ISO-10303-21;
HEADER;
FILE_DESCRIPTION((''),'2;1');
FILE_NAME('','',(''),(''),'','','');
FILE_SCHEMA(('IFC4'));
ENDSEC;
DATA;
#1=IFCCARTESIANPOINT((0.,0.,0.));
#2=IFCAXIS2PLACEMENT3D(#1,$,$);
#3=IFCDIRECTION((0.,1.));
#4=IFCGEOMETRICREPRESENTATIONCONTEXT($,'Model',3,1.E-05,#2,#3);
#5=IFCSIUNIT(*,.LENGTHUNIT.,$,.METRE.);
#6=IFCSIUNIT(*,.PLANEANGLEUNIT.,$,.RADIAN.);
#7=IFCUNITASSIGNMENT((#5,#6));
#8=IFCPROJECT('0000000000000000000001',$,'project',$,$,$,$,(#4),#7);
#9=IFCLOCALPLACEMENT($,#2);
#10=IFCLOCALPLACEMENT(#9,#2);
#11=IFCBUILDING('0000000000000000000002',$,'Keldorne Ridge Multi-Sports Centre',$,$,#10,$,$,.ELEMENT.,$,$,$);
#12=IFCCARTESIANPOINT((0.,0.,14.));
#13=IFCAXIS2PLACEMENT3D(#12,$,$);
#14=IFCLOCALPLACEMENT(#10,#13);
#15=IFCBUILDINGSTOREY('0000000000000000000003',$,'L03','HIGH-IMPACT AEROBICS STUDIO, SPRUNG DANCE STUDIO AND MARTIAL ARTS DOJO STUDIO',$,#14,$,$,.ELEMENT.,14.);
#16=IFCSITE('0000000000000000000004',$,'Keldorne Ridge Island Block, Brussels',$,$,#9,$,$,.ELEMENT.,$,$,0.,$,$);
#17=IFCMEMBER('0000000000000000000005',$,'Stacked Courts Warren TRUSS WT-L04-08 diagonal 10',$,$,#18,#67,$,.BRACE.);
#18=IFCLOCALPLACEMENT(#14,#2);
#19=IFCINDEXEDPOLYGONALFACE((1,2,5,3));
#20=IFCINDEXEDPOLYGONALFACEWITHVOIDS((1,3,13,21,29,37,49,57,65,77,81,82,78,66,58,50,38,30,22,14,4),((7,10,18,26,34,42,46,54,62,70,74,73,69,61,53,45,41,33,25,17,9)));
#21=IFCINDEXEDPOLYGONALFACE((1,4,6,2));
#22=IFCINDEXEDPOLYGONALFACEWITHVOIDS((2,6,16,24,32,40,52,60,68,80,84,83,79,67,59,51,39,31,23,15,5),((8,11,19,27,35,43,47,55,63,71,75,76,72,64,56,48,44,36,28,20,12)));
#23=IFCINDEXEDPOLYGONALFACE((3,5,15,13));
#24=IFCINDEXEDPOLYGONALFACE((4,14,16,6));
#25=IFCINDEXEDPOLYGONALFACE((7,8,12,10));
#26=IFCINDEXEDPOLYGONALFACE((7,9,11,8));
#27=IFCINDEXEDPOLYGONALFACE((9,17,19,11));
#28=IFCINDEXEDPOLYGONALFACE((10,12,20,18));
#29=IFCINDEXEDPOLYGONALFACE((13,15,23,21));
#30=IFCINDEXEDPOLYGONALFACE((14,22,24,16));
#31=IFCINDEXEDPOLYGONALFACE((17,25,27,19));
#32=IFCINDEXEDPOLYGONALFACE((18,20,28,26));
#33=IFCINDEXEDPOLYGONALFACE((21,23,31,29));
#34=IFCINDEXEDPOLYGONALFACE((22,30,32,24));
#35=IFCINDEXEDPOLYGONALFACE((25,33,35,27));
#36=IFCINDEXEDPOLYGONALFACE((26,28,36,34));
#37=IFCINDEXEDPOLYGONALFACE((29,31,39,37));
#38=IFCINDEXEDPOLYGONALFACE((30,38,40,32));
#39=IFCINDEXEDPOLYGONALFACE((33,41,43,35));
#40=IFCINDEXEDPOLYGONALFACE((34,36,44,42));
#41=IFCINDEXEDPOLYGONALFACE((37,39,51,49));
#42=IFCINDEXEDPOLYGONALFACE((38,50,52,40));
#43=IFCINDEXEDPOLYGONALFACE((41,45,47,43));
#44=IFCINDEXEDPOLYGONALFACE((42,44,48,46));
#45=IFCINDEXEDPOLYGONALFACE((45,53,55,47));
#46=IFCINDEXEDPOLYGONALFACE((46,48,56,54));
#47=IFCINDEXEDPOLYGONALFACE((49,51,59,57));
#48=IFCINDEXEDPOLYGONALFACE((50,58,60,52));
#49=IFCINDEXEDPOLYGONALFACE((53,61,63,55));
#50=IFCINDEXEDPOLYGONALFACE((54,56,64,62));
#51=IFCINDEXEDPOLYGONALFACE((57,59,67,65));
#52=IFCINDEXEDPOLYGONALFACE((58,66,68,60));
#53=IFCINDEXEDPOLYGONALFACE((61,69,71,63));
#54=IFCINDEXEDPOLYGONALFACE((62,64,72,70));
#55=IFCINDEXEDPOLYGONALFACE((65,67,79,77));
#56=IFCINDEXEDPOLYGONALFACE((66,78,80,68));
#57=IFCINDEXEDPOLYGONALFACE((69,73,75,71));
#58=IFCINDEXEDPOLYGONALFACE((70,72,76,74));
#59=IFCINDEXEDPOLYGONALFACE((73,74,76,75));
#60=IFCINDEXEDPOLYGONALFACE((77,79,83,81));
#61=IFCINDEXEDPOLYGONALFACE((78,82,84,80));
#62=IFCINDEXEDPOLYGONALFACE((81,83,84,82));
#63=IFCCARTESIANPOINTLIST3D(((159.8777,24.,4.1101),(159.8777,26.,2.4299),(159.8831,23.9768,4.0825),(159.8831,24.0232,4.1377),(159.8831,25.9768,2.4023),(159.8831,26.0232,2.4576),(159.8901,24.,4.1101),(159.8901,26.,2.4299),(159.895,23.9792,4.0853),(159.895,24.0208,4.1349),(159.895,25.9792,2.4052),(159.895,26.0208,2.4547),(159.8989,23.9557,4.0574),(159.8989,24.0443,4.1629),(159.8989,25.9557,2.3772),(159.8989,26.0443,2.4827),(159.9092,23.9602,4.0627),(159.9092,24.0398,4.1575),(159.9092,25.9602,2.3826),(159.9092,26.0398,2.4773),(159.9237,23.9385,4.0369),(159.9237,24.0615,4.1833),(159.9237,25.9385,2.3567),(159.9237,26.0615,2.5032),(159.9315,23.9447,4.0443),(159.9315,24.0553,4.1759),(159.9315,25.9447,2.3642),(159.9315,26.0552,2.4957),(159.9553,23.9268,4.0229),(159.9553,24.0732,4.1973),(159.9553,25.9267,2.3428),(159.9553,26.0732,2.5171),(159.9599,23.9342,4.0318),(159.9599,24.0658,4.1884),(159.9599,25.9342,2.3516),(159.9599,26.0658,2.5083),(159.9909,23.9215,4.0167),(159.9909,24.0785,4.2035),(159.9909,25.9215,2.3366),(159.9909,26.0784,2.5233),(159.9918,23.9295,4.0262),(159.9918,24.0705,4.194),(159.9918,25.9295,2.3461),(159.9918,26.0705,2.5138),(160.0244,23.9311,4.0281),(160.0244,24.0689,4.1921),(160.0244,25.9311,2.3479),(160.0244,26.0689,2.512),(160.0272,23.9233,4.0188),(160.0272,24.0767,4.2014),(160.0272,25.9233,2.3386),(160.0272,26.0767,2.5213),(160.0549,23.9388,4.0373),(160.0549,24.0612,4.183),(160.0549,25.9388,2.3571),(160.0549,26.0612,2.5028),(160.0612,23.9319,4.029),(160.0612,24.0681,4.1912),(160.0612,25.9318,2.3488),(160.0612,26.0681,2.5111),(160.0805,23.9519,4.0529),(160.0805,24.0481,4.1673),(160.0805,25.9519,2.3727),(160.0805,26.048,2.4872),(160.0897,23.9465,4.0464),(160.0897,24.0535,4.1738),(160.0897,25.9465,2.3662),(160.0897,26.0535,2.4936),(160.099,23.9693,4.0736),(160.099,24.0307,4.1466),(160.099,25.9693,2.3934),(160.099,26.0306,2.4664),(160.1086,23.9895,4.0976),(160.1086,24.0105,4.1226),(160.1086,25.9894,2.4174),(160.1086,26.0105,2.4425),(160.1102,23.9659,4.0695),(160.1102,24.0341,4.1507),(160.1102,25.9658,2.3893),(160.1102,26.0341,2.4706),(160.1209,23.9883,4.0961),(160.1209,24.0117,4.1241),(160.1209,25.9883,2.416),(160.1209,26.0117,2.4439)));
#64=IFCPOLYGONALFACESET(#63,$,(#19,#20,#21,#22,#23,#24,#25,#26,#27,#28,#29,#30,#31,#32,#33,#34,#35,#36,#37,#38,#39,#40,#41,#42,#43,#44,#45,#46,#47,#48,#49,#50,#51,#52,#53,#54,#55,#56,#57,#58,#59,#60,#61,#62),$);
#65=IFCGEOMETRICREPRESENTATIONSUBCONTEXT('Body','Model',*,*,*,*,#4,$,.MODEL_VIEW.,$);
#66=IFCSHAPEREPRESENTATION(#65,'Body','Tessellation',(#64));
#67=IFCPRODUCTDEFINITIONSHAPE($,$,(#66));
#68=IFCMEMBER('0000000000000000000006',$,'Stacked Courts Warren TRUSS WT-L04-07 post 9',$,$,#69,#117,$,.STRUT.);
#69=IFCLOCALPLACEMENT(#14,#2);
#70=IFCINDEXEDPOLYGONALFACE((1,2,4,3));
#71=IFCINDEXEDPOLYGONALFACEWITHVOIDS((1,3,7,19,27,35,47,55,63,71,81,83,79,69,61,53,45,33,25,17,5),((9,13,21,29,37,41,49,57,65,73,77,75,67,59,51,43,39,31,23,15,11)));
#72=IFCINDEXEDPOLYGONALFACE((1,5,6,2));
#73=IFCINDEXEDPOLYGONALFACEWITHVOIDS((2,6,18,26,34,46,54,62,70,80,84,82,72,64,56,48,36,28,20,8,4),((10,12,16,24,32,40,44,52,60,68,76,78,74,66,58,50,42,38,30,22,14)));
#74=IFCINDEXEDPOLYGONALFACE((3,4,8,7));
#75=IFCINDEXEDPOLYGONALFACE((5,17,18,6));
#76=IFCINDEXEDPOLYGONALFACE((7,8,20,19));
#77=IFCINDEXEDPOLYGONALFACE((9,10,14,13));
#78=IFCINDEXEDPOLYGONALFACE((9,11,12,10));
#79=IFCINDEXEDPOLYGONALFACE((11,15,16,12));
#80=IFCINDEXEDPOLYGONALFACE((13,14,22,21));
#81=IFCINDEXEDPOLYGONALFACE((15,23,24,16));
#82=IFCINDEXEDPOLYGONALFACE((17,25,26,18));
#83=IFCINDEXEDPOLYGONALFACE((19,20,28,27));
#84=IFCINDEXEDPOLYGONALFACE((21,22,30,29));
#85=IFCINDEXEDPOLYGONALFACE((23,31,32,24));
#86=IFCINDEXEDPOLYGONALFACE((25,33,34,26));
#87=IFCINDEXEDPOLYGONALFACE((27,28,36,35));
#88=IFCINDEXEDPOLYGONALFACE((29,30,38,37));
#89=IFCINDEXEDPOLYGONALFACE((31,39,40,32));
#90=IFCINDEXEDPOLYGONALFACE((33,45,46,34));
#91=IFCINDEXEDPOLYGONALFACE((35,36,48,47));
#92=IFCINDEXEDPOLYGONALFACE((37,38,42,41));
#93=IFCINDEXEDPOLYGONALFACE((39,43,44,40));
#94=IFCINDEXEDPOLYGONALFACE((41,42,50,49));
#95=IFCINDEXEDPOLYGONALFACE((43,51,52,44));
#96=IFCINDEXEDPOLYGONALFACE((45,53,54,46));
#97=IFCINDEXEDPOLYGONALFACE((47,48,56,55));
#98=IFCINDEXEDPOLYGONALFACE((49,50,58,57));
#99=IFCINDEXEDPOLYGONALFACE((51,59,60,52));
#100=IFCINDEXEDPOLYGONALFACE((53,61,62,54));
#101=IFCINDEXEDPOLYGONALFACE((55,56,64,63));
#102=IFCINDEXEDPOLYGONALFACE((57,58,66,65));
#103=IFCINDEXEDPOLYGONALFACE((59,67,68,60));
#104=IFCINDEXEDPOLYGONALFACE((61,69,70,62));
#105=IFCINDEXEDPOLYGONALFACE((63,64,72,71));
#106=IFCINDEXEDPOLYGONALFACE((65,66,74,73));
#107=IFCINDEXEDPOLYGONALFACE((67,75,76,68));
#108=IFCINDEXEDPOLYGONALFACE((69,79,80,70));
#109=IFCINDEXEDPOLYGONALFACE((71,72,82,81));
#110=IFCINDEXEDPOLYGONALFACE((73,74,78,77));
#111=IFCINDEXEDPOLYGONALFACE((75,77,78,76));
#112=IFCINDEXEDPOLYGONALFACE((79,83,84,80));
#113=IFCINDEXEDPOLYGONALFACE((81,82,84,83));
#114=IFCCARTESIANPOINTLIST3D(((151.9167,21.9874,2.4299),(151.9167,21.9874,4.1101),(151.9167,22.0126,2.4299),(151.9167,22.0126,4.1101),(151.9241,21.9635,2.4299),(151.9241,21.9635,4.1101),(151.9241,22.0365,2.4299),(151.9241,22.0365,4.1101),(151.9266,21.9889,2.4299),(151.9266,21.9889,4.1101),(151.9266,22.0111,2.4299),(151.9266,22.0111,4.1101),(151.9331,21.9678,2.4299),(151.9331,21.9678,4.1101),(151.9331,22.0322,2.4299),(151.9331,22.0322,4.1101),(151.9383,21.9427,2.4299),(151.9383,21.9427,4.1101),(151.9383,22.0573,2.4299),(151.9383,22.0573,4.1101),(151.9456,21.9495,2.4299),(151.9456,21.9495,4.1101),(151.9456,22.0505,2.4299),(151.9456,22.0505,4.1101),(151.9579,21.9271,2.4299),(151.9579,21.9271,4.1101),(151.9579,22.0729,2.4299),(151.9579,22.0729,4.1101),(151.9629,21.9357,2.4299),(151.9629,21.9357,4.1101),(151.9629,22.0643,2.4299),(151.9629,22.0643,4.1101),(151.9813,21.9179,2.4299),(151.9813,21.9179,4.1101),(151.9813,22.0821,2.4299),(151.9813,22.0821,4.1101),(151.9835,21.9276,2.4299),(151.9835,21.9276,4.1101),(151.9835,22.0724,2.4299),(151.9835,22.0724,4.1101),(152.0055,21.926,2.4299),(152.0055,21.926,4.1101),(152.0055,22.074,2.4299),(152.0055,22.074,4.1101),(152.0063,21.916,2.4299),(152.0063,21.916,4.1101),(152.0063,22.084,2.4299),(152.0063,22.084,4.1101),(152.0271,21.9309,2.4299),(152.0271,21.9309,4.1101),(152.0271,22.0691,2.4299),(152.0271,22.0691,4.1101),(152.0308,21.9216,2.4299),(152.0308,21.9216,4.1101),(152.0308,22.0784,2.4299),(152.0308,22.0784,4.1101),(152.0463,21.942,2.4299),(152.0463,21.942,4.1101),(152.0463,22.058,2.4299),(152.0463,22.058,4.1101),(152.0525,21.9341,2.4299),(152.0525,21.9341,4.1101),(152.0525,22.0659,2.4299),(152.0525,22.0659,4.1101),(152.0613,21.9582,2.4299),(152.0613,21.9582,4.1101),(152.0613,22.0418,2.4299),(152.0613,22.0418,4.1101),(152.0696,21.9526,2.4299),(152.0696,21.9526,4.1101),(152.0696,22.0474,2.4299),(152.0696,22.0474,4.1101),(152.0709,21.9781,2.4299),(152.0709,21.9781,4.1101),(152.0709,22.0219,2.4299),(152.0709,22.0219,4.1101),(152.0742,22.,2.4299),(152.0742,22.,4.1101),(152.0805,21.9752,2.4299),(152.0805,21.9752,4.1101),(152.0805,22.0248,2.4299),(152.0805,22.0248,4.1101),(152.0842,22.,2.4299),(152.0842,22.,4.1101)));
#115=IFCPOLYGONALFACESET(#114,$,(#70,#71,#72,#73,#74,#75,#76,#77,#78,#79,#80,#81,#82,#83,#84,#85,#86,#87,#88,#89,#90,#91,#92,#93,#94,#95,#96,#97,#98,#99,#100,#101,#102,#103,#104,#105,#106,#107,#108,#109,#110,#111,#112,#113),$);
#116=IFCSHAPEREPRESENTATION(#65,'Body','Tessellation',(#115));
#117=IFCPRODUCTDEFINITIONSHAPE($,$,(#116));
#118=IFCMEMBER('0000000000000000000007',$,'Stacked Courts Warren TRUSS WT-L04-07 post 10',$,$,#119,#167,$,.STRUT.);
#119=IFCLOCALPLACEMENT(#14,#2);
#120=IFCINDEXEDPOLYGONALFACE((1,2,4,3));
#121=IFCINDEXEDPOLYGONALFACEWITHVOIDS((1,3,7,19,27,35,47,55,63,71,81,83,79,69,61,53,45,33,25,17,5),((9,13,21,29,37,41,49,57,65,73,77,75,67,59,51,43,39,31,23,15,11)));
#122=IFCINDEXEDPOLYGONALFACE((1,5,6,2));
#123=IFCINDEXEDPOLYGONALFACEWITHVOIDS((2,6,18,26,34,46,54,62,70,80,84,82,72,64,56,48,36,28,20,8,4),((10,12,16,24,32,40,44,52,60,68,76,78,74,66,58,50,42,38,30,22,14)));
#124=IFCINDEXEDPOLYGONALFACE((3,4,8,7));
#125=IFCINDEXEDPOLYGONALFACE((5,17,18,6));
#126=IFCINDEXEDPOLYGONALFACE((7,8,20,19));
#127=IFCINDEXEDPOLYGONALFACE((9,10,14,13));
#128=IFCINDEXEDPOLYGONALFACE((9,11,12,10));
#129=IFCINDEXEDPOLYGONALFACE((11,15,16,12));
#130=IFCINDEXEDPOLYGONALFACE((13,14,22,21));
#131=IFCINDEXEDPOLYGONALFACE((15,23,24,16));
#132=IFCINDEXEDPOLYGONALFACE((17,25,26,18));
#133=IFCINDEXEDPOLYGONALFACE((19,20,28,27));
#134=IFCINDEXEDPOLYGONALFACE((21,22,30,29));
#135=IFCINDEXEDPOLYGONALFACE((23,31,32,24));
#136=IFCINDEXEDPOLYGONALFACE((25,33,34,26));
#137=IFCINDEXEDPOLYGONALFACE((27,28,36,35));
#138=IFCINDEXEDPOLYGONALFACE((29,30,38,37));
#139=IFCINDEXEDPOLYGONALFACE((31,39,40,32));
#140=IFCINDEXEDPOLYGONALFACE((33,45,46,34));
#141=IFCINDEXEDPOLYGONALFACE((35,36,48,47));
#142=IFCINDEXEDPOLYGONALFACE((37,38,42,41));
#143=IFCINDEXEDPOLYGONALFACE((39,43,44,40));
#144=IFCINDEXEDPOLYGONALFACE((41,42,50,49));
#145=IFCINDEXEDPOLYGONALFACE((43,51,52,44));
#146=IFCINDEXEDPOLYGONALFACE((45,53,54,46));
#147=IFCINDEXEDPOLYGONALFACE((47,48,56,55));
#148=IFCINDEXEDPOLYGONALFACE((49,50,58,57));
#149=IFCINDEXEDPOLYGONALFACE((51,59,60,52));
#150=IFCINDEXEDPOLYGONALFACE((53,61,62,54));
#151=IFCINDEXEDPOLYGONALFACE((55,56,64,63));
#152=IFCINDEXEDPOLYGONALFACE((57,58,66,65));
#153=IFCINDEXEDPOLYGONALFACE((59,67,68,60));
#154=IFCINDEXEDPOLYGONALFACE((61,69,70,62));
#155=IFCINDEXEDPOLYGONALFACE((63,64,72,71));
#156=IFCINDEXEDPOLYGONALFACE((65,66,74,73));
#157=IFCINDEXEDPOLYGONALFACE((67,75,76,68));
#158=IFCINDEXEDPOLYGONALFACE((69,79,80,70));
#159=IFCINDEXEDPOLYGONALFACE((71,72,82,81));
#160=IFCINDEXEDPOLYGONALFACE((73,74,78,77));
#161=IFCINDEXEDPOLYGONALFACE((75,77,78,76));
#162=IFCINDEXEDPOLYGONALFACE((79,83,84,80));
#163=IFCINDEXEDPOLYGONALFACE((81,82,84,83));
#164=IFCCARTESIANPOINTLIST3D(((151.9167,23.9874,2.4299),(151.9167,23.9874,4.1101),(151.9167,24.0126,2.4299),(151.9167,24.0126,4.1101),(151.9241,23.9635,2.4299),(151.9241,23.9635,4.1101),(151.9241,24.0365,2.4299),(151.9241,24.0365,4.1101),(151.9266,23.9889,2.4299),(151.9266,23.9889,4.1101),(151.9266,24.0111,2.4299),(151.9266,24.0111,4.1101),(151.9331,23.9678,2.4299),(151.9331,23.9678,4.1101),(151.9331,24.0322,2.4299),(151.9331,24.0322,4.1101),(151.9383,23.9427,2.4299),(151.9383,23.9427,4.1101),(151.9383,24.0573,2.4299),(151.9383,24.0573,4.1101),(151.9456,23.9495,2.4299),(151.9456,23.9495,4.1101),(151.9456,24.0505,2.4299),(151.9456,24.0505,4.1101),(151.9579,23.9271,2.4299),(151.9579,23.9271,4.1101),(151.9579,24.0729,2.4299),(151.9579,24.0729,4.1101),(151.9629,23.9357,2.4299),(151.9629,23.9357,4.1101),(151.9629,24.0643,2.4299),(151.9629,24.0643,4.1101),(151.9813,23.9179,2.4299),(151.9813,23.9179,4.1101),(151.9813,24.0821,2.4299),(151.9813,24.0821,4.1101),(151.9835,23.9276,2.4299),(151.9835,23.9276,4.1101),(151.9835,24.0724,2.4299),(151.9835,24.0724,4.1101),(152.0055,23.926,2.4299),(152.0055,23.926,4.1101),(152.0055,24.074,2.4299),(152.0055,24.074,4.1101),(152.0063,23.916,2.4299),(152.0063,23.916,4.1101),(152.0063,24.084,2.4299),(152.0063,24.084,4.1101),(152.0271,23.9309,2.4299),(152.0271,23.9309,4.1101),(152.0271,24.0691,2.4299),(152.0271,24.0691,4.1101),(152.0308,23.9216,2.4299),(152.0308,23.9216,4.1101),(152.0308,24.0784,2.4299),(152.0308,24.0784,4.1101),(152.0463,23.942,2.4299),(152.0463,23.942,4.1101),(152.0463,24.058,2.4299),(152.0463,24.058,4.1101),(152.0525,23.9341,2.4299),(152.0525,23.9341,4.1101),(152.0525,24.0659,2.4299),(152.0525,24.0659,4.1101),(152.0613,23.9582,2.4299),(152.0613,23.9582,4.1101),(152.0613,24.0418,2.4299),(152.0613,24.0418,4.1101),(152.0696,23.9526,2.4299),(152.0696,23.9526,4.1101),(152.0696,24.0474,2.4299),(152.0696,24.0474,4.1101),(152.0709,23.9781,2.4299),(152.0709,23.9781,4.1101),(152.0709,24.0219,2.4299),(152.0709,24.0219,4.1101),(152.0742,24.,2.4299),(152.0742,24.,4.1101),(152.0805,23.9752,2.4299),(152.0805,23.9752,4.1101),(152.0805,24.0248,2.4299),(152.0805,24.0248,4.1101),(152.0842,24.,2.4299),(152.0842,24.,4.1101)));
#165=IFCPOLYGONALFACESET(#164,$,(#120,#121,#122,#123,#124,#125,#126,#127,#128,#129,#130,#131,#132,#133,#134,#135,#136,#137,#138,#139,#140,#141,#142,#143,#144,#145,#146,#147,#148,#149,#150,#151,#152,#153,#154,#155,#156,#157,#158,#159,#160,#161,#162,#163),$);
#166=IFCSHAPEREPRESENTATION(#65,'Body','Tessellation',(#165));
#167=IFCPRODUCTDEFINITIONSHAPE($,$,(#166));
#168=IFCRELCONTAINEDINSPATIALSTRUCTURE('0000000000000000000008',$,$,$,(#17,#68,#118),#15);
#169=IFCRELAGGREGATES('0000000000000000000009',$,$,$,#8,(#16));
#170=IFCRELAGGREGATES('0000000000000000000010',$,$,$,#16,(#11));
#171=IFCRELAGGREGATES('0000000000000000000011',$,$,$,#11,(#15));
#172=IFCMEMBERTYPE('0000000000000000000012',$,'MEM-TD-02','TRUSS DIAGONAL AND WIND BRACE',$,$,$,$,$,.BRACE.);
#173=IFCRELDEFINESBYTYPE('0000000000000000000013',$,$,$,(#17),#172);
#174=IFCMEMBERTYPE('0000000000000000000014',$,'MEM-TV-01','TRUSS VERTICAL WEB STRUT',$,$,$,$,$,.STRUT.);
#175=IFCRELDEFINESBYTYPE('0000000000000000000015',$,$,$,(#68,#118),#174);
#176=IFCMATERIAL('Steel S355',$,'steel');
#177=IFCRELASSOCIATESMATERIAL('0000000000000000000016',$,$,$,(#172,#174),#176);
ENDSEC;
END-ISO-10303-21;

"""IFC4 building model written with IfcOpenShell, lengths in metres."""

from ifc_helpers import new_model, si_unit, direction, frame, origin, origin_2d, place, context, subcontext, project, spatial, hollow_circle, extrude, material, material_profile, profile_set, type_object, element, save


model = new_model("IFC4")

# Units and contexts
model_context = context("Model", 3, precision=1e-05, world=origin(), true_north=direction((0.0, 1.0)))
body_context = subcontext(model_context, "Body", "Model", "MODEL_VIEW")
ifc_project = project(units=[si_unit("LENGTHUNIT", "METRE"), si_unit("PLANEANGLEUNIT", "RADIAN")], contexts=[model_context])

# Site, building, storey
site_placement = place(None, origin())
site = spatial("IfcSite", under=ifc_project, at=site_placement, Name="Keldorne Ridge Island Block, Brussels", CompositionType="ELEMENT", RefElevation=0.0)
building_placement = place(site_placement, origin())
building = spatial("IfcBuilding", under=site, at=building_placement, Name="Keldorne Ridge Multi-Sports Centre", CompositionType="ELEMENT")
storey_placement = place(building_placement, frame((0.0, 0.0, 14.0)))
storey = spatial("IfcBuildingStorey", under=building, at=storey_placement, Name="L03", Description="HIGH-IMPACT AEROBICS STUDIO, SPRUNG DANCE STUDIO AND MARTIAL ARTS DOJO STUDIO", CompositionType="ELEMENT", Elevation=14.0)

# Members
ifc_material = material(Name="Steel S355", Category="steel")
ifc_material_profile_1 = material_profile(ifc_material, hollow_circle(Radius=0.1223, WallThickness=0.0125, at=origin_2d()), Name="CHS 244.5x12.5")
ifc_profile_set_1 = profile_set([ifc_material_profile_1], Name="Steel S355")
member_type_1 = type_object("IfcMemberType", Name="MEM-TD-02", Description="TRUSS DIAGONAL AND WIND BRACE", PredefinedType="BRACE", material=ifc_profile_set_1)
for number, where, z_axis, x_axis, name in (
    (1, (160.0, 24.0, 4.1101), (0.0, 0.765672, -0.643232), (-1.0, 0.0, 0.0), "Stacked Courts Warren TRUSS WT-L04-08 diagonal 10"),
):
    element("IfcMember", number, at=place(storey_placement, frame(where, z_axis=z_axis, x_axis=x_axis)), inside=storey, type_object=member_type_1, Name=name, PredefinedType="BRACE", context=body_context, shape_type="SweptSolid", body=[
        extrude(hollow_circle(Radius=0.1223, WallThickness=0.0125, at=origin_2d()), origin(), (0.0, 0.0, 1.0), 2.6121),
    ])
ifc_material_profile_2 = material_profile(ifc_material, hollow_circle(Radius=0.0842, WallThickness=0.01, at=origin_2d()), Name="CHS 168.3x10")
ifc_profile_set_2 = profile_set([ifc_material_profile_2], Name="Steel S355")
member_type_2 = type_object("IfcMemberType", Name="MEM-TV-01", Description="TRUSS VERTICAL WEB STRUT", PredefinedType="STRUT", material=ifc_profile_set_2)
for number, where, z_axis, x_axis, name in (
    (2, (152.0, 22.0, 2.4299), (0.0, 0.0, 1.0), (1.0, 0.0, 0.0), "Stacked Courts Warren TRUSS WT-L04-07 post 9"),
    (3, (152.0, 24.0, 2.4299), (0.0, 0.0, 1.0), (1.0, 0.0, 0.0), "Stacked Courts Warren TRUSS WT-L04-07 post 10"),
):
    element("IfcMember", number, at=place(storey_placement, frame(where, z_axis=z_axis, x_axis=x_axis)), inside=storey, type_object=member_type_2, Name=name, PredefinedType="STRUT", context=body_context, shape_type="SweptSolid", body=[
        extrude(hollow_circle(Radius=0.0842, WallThickness=0.01, at=origin_2d()), origin(), (0.0, 0.0, 1.0), 1.6802),
    ])

save(model, "model.ifc")
